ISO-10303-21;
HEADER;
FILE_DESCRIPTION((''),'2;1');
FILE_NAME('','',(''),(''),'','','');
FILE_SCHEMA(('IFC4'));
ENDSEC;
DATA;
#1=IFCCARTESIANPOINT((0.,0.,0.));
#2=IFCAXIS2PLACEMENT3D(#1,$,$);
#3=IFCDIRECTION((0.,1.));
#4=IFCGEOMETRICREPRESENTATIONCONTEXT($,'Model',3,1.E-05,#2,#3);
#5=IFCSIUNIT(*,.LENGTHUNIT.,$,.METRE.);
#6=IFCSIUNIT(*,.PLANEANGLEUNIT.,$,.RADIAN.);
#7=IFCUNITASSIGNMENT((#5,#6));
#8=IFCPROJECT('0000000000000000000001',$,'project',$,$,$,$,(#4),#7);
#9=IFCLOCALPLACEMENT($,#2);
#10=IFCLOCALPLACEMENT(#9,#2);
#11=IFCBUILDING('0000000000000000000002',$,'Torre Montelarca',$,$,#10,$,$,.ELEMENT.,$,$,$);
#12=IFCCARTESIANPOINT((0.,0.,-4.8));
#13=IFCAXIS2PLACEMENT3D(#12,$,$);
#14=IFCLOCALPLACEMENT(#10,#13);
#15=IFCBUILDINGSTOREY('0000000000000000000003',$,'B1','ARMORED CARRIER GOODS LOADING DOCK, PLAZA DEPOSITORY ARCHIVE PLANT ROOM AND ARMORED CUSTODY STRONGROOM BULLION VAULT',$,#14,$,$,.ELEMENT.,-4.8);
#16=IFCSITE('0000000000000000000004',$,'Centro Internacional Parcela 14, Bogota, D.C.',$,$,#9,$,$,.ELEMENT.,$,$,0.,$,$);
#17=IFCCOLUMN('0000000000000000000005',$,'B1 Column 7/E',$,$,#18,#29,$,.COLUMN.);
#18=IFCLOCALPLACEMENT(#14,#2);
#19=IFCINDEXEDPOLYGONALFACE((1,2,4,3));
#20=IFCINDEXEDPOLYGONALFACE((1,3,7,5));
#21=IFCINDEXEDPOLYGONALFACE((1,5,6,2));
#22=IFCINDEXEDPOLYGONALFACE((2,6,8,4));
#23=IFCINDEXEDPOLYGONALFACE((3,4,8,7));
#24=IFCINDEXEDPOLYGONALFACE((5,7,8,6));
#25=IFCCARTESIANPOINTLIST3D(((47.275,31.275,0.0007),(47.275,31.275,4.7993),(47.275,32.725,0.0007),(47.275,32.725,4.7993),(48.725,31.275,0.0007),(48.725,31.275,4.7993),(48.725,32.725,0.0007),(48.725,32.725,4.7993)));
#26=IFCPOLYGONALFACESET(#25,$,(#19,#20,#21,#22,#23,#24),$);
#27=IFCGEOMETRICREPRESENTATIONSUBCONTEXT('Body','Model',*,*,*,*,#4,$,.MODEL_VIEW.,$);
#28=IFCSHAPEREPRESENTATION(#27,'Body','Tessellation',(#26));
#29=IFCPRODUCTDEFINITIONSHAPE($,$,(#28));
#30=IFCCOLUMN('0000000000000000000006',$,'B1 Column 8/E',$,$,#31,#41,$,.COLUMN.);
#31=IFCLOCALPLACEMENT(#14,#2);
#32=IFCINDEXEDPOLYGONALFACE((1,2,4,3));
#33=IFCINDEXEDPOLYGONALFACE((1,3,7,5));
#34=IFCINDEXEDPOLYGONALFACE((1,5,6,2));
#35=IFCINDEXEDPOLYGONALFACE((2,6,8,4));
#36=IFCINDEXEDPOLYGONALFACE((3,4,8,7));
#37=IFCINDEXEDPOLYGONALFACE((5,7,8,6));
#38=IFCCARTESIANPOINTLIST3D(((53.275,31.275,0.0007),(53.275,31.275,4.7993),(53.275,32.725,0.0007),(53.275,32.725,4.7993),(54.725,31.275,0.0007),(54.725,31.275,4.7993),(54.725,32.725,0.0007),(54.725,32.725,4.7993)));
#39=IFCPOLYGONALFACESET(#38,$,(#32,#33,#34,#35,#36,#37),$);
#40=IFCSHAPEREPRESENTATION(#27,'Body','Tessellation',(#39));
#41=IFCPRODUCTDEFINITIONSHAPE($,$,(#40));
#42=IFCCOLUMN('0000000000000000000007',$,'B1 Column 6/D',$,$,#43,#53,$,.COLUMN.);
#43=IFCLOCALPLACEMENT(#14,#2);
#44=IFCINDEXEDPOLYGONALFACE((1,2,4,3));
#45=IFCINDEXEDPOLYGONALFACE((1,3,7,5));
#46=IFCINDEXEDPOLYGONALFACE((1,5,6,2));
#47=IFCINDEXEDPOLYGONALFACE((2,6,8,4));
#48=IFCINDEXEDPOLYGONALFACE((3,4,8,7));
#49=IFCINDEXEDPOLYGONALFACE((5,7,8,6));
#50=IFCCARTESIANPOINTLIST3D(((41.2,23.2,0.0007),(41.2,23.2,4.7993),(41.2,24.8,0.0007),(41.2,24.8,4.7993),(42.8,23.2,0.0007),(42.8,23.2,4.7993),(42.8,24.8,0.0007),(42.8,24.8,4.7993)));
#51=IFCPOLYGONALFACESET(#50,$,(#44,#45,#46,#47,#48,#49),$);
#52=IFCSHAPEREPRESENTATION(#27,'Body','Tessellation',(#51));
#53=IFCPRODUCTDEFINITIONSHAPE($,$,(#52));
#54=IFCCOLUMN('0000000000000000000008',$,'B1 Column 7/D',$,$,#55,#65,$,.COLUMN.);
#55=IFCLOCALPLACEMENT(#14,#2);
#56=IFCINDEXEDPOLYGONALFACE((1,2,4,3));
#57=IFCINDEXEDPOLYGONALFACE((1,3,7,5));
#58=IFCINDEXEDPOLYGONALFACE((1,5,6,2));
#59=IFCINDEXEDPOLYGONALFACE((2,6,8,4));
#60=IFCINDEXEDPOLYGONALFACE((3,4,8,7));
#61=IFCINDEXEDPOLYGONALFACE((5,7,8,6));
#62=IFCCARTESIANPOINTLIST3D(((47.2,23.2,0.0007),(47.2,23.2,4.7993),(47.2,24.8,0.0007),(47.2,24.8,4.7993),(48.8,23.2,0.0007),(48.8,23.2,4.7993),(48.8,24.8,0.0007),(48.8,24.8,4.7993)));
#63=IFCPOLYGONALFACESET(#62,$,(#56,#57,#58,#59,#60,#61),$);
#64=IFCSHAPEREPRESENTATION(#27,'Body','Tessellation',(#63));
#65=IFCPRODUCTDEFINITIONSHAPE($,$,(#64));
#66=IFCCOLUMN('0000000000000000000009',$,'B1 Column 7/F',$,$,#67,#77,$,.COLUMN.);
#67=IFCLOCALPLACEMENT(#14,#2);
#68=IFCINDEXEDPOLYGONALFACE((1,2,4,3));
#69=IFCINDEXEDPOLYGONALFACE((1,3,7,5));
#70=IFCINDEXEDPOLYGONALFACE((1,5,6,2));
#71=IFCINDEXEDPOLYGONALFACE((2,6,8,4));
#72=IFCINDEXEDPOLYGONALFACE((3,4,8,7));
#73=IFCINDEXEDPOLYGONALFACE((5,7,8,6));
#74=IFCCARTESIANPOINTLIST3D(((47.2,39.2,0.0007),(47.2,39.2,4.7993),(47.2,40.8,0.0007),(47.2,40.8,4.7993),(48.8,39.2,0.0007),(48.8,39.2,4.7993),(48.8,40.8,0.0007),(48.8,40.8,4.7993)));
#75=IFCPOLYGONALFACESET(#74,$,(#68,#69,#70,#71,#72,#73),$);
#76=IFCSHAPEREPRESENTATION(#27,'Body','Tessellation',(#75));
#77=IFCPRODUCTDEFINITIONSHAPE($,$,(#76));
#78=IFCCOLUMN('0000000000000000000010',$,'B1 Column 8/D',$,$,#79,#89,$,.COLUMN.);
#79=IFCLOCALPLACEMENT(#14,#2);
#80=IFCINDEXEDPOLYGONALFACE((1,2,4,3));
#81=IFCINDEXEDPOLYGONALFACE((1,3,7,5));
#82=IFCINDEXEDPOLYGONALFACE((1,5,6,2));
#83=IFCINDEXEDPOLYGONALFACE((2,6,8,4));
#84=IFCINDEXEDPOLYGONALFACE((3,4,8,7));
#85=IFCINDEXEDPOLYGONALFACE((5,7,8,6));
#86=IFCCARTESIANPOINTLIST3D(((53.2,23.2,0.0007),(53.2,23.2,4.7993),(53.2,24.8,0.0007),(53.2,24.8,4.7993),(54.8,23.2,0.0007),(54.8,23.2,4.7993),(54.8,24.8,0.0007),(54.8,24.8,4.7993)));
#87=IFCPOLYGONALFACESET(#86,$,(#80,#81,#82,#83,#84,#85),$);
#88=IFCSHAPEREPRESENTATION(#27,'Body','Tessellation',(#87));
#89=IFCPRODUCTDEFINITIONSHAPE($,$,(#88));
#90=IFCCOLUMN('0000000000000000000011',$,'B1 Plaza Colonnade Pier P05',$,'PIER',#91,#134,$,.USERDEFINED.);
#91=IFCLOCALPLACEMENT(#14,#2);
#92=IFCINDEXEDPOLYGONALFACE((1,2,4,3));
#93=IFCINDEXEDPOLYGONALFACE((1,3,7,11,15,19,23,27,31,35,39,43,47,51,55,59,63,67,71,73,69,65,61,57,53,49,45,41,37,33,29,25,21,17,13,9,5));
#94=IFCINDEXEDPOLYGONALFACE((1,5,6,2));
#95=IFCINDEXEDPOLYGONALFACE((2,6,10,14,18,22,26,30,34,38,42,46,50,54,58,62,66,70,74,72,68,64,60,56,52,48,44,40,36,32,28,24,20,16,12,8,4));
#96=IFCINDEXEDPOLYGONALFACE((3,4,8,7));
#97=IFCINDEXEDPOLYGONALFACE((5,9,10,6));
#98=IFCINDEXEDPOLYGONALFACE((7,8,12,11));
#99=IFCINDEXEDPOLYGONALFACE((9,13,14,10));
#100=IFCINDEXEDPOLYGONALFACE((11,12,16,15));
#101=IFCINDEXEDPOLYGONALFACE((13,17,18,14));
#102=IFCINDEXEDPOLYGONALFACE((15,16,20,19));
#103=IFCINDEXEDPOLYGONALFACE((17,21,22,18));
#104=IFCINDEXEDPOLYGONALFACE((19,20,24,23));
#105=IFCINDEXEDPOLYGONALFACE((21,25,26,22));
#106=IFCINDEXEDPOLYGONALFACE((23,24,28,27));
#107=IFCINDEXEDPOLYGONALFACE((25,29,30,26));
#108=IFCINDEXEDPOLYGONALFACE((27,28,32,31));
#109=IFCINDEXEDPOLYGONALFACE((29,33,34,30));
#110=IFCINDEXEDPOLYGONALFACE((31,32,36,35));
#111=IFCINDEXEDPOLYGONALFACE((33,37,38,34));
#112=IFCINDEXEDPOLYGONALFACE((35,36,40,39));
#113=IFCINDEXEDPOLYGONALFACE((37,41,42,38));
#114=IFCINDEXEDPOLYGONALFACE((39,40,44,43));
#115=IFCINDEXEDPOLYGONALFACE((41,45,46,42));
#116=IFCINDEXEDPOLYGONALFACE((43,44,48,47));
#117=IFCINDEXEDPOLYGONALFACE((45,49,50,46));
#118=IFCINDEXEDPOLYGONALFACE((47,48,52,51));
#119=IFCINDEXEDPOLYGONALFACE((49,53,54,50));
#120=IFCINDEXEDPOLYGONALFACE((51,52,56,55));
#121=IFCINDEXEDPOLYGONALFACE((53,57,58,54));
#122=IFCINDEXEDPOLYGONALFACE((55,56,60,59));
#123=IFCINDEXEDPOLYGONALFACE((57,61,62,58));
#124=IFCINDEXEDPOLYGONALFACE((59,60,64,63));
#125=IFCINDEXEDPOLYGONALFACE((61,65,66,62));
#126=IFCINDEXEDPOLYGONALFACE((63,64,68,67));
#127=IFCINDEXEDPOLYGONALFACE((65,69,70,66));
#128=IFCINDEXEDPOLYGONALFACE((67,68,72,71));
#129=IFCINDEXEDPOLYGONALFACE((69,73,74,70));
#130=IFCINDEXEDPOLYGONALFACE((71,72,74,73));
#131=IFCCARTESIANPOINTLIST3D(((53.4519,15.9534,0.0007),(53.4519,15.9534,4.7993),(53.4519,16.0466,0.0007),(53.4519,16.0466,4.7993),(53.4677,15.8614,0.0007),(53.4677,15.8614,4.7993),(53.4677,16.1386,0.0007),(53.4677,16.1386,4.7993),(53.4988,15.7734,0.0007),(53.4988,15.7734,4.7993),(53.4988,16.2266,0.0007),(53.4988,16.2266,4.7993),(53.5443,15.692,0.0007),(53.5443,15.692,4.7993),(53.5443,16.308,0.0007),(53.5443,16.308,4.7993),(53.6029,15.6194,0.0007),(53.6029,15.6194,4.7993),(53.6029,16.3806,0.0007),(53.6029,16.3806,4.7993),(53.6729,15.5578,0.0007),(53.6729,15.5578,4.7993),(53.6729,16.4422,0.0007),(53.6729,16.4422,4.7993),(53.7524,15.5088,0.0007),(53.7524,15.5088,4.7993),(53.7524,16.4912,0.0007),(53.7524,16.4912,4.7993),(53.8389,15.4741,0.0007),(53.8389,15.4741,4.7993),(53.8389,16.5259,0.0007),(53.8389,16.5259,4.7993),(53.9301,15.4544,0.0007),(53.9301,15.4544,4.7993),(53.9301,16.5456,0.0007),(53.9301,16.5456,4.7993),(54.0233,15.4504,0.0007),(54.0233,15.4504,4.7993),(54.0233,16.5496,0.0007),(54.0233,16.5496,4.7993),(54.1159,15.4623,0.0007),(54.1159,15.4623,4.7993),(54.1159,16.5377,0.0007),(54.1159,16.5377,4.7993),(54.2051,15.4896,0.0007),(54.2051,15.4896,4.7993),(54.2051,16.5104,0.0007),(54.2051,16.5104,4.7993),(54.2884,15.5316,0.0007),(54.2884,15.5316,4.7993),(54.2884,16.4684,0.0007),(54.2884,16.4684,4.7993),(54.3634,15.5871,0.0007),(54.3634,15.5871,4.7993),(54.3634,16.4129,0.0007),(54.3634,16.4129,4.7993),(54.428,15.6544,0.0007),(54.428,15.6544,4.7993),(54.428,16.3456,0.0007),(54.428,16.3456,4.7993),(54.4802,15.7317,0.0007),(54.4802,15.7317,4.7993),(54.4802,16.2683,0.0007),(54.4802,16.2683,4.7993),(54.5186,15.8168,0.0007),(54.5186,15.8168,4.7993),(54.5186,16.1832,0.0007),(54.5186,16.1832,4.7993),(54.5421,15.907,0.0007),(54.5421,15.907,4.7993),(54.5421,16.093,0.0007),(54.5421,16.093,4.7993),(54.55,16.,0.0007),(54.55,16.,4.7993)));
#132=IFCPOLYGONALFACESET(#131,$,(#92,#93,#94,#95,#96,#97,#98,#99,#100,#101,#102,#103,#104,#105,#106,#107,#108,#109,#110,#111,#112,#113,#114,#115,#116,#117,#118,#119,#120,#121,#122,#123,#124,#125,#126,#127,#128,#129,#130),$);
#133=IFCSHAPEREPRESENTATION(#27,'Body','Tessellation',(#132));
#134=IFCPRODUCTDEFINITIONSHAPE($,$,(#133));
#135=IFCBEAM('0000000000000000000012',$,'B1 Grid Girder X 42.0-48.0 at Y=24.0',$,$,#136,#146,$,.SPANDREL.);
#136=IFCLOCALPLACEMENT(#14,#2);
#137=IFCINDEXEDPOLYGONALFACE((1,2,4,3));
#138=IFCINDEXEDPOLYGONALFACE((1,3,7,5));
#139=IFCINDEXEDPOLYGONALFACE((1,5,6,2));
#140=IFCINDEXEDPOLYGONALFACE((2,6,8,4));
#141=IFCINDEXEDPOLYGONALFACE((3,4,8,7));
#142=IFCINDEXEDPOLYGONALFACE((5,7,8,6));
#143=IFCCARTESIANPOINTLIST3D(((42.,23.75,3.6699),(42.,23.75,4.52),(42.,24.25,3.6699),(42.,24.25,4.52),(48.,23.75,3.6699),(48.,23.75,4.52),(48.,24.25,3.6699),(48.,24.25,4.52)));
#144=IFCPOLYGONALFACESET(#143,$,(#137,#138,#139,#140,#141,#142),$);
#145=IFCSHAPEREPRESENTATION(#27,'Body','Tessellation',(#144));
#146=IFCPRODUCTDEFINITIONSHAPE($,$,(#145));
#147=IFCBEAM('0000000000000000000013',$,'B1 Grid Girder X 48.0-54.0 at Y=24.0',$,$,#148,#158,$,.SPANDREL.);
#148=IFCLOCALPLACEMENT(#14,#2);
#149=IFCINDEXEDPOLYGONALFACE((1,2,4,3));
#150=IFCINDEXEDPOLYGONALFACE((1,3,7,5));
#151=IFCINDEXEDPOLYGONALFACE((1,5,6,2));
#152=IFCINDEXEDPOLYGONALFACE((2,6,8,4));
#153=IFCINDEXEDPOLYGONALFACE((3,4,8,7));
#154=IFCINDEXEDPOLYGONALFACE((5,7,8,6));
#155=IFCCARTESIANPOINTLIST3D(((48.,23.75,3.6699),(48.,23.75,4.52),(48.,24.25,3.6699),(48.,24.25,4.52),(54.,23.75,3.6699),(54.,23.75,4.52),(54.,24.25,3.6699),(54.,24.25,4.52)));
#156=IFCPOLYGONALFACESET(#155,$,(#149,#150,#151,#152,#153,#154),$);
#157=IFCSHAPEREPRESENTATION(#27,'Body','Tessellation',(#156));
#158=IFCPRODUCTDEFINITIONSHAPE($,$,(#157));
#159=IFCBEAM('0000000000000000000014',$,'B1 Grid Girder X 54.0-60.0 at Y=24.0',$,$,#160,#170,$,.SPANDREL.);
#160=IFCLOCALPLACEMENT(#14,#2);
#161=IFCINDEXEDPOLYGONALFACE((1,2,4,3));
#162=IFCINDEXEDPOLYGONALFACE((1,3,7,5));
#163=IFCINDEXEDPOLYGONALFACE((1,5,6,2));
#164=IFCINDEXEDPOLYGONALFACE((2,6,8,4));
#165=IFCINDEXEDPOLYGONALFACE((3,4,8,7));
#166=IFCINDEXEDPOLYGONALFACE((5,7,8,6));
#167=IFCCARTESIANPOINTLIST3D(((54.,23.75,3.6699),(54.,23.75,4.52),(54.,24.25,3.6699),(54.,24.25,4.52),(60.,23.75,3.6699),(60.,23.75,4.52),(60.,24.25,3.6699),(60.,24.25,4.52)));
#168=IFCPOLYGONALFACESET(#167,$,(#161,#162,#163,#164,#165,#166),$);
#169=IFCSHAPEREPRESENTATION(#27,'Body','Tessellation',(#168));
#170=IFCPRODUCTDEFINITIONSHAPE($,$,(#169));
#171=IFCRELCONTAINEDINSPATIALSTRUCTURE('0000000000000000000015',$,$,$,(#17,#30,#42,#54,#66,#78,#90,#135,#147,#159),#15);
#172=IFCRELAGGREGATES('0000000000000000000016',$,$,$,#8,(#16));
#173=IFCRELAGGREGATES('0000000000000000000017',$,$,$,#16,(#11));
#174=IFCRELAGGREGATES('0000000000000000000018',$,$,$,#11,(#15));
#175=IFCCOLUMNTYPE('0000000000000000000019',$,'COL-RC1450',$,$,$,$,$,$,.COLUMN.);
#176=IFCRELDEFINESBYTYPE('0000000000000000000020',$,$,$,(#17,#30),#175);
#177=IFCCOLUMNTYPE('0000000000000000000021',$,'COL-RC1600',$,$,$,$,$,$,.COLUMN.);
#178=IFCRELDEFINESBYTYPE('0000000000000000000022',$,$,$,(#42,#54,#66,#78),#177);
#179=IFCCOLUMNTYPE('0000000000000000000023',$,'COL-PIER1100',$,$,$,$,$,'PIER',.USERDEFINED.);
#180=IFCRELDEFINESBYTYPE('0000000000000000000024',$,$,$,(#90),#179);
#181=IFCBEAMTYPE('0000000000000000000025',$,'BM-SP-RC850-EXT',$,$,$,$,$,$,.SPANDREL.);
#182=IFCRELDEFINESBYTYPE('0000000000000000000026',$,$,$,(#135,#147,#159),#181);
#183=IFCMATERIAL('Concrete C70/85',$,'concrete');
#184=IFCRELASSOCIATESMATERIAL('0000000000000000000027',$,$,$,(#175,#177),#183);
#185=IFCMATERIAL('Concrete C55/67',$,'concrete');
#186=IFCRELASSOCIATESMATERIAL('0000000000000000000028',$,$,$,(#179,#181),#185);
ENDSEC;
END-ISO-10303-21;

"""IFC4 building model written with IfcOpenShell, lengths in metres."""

from ifc_helpers import new_model, si_unit, direction, frame, origin, origin_2d, place, context, subcontext, project, spatial, rectangle, circle, extrude, source, transform, mapped, material, material_profile, profile_set, type_object, element, save


model = new_model("IFC4")

# Units and contexts
model_context = context("Model", 3, precision=1e-05, world=origin(), true_north=direction((0.0, 1.0)))
body_context = subcontext(model_context, "Body", "Model", "MODEL_VIEW")
ifc_project = project(units=[si_unit("LENGTHUNIT", "METRE"), si_unit("PLANEANGLEUNIT", "RADIAN")], contexts=[model_context])

# Site, building, storey
site_placement = place(None, origin())
site = spatial("IfcSite", under=ifc_project, at=site_placement, Name="Centro Internacional Parcela 14, Bogota, D.C.", CompositionType="ELEMENT", RefElevation=0.0)
building_placement = place(site_placement, origin())
building = spatial("IfcBuilding", under=site, at=building_placement, Name="Torre Montelarca", CompositionType="ELEMENT")
storey_placement = place(building_placement, frame((0.0, 0.0, -4.8)))
storey = spatial("IfcBuildingStorey", under=building, at=storey_placement, Name="B1", Description="ARMORED CARRIER GOODS LOADING DOCK, PLAZA DEPOSITORY ARCHIVE PLANT ROOM AND ARMORED CUSTODY STRONGROOM BULLION VAULT", CompositionType="ELEMENT", Elevation=-4.8)

# Columns
ifc_material_1 = material(Name="Concrete C70/85", Category="concrete")
ifc_material_profile_1 = material_profile(ifc_material_1, rectangle(XDim=1.45, YDim=1.45, at=origin_2d()), Name="RC1450X1450", Category="concrete")
ifc_profile_set_1 = profile_set([ifc_material_profile_1], Name="Concrete C70/85")
column_type_1 = type_object("IfcColumnType", Name="COL-RC1450", PredefinedType="COLUMN", material=ifc_profile_set_1)
shared_shape_1 = source(origin(), body_context, "Body", "SweptSolid", [
    extrude(rectangle(XDim=1.45, YDim=1.45, at=origin_2d()), origin(), (0.0, 0.0, 1.0), 4.7986),
])
for number, where, z_axis, x_axis, name in (
    (1, (48.0, 32.0, 0.0007), (0.0, 0.0, 1.0), (1.0, 0.0, 0.0), "B1 Column 7/E"),
    (2, (54.0, 32.0, 0.0007), (0.0, 0.0, 1.0), (1.0, 0.0, 0.0), "B1 Column 8/E"),
):
    element("IfcColumn", number, at=place(storey_placement, frame(where, z_axis=z_axis, x_axis=x_axis)), inside=storey, type_object=column_type_1, Name=name, PredefinedType="COLUMN", context=body_context, shape_type="MappedRepresentation", body=[
        mapped(shared_shape_1, transform((0.0, 0.0, 0.0), scale=1.0)),
    ])
ifc_material_profile_2 = material_profile(ifc_material_1, rectangle(XDim=1.6001, YDim=1.6001, at=origin_2d()), Name="RC1600X1600", Category="concrete")
ifc_profile_set_2 = profile_set([ifc_material_profile_2], Name="Concrete C70/85")
column_type_2 = type_object("IfcColumnType", Name="COL-RC1600", PredefinedType="COLUMN", material=ifc_profile_set_2)
shared_shape_2 = source(origin(), body_context, "Body", "SweptSolid", [
    extrude(rectangle(XDim=1.6001, YDim=1.6001, at=origin_2d()), origin(), (0.0, 0.0, 1.0), 4.7986),
])
for number, where, z_axis, x_axis, name in (
    (3, (42.0, 24.0, 0.0007), (0.0, 0.0, 1.0), (1.0, 0.0, 0.0), "B1 Column 6/D"),
    (4, (48.0, 24.0, 0.0007), (0.0, 0.0, 1.0), (1.0, 0.0, 0.0), "B1 Column 7/D"),
    (5, (48.0, 40.0, 0.0007), (0.0, 0.0, 1.0), (1.0, 0.0, 0.0), "B1 Column 7/F"),
    (6, (54.0, 24.0, 0.0007), (0.0, 0.0, 1.0), (1.0, 0.0, 0.0), "B1 Column 8/D"),
):
    element("IfcColumn", number, at=place(storey_placement, frame(where, z_axis=z_axis, x_axis=x_axis)), inside=storey, type_object=column_type_2, Name=name, PredefinedType="COLUMN", context=body_context, shape_type="MappedRepresentation", body=[
        mapped(shared_shape_2, transform((0.0, 0.0, 0.0), scale=1.0)),
    ])
ifc_material_2 = material(Name="Concrete C55/67", Category="concrete")
ifc_material_profile_3 = material_profile(ifc_material_2, circle(Radius=0.55, at=origin_2d()), Name="RCC1100", Category="concrete")
ifc_profile_set_3 = profile_set([ifc_material_profile_3], Name="Concrete C55/67")
column_type_3 = type_object("IfcColumnType", Name="COL-PIER1100", ElementType="PIER", PredefinedType="USERDEFINED", material=ifc_profile_set_3)
shared_shape_3 = source(origin(), body_context, "Body", "SweptSolid", [
    extrude(circle(Radius=0.55, at=origin_2d()), origin(), (0.0, 0.0, 1.0), 4.7986),
])
column_placement = place(storey_placement, frame((54.0, 16.0, 0.0007), z_axis=(0.0, 0.0, 1.0), x_axis=(1.0, 0.0, 0.0)))
element("IfcColumn", 7, at=column_placement, inside=storey, type_object=column_type_3, Name="B1 Plaza Colonnade Pier P05", ObjectType="PIER", PredefinedType="USERDEFINED", context=body_context, shape_type="MappedRepresentation", body=[
    mapped(shared_shape_3, transform((0.0, 0.0, 0.0), scale=1.0)),
])

# Beams
ifc_material_profile_4 = material_profile(ifc_material_2, rectangle(XDim=0.5, YDim=0.8501, at=origin_2d()), Name="RCB500X850", Category="concrete")
ifc_profile_set_4 = profile_set([ifc_material_profile_4], Name="Concrete C55/67")
beam_type_1 = type_object("IfcBeamType", Name="BM-SP-RC850-EXT", PredefinedType="SPANDREL", material=ifc_profile_set_4)
shared_shape_4 = source(origin(), body_context, "Body", "SweptSolid", [
    extrude(rectangle(XDim=0.5, YDim=0.8501, at=origin_2d()), origin(), (0.0, 0.0, 1.0), 6.0),
])
for number, where, z_axis, x_axis, name in (
    (8, (42.0, 24.0, 4.095), (1.0, 0.0, 0.0), (0.0, 1.0, 0.0), "B1 Grid Girder X 42.0-48.0 at Y=24.0"),
    (9, (48.0, 24.0, 4.095), (1.0, 0.0, 0.0), (0.0, 1.0, 0.0), "B1 Grid Girder X 48.0-54.0 at Y=24.0"),
    (10, (54.0, 24.0, 4.095), (1.0, 0.0, 0.0), (0.0, 1.0, 0.0), "B1 Grid Girder X 54.0-60.0 at Y=24.0"),
):
    element("IfcBeam", number, at=place(storey_placement, frame(where, z_axis=z_axis, x_axis=x_axis)), inside=storey, type_object=beam_type_1, Name=name, PredefinedType="SPANDREL", context=body_context, shape_type="MappedRepresentation", body=[
        mapped(shared_shape_4, transform((0.0, 0.0, 0.0), scale=1.0)),
    ])

save(model, "model.ifc")
